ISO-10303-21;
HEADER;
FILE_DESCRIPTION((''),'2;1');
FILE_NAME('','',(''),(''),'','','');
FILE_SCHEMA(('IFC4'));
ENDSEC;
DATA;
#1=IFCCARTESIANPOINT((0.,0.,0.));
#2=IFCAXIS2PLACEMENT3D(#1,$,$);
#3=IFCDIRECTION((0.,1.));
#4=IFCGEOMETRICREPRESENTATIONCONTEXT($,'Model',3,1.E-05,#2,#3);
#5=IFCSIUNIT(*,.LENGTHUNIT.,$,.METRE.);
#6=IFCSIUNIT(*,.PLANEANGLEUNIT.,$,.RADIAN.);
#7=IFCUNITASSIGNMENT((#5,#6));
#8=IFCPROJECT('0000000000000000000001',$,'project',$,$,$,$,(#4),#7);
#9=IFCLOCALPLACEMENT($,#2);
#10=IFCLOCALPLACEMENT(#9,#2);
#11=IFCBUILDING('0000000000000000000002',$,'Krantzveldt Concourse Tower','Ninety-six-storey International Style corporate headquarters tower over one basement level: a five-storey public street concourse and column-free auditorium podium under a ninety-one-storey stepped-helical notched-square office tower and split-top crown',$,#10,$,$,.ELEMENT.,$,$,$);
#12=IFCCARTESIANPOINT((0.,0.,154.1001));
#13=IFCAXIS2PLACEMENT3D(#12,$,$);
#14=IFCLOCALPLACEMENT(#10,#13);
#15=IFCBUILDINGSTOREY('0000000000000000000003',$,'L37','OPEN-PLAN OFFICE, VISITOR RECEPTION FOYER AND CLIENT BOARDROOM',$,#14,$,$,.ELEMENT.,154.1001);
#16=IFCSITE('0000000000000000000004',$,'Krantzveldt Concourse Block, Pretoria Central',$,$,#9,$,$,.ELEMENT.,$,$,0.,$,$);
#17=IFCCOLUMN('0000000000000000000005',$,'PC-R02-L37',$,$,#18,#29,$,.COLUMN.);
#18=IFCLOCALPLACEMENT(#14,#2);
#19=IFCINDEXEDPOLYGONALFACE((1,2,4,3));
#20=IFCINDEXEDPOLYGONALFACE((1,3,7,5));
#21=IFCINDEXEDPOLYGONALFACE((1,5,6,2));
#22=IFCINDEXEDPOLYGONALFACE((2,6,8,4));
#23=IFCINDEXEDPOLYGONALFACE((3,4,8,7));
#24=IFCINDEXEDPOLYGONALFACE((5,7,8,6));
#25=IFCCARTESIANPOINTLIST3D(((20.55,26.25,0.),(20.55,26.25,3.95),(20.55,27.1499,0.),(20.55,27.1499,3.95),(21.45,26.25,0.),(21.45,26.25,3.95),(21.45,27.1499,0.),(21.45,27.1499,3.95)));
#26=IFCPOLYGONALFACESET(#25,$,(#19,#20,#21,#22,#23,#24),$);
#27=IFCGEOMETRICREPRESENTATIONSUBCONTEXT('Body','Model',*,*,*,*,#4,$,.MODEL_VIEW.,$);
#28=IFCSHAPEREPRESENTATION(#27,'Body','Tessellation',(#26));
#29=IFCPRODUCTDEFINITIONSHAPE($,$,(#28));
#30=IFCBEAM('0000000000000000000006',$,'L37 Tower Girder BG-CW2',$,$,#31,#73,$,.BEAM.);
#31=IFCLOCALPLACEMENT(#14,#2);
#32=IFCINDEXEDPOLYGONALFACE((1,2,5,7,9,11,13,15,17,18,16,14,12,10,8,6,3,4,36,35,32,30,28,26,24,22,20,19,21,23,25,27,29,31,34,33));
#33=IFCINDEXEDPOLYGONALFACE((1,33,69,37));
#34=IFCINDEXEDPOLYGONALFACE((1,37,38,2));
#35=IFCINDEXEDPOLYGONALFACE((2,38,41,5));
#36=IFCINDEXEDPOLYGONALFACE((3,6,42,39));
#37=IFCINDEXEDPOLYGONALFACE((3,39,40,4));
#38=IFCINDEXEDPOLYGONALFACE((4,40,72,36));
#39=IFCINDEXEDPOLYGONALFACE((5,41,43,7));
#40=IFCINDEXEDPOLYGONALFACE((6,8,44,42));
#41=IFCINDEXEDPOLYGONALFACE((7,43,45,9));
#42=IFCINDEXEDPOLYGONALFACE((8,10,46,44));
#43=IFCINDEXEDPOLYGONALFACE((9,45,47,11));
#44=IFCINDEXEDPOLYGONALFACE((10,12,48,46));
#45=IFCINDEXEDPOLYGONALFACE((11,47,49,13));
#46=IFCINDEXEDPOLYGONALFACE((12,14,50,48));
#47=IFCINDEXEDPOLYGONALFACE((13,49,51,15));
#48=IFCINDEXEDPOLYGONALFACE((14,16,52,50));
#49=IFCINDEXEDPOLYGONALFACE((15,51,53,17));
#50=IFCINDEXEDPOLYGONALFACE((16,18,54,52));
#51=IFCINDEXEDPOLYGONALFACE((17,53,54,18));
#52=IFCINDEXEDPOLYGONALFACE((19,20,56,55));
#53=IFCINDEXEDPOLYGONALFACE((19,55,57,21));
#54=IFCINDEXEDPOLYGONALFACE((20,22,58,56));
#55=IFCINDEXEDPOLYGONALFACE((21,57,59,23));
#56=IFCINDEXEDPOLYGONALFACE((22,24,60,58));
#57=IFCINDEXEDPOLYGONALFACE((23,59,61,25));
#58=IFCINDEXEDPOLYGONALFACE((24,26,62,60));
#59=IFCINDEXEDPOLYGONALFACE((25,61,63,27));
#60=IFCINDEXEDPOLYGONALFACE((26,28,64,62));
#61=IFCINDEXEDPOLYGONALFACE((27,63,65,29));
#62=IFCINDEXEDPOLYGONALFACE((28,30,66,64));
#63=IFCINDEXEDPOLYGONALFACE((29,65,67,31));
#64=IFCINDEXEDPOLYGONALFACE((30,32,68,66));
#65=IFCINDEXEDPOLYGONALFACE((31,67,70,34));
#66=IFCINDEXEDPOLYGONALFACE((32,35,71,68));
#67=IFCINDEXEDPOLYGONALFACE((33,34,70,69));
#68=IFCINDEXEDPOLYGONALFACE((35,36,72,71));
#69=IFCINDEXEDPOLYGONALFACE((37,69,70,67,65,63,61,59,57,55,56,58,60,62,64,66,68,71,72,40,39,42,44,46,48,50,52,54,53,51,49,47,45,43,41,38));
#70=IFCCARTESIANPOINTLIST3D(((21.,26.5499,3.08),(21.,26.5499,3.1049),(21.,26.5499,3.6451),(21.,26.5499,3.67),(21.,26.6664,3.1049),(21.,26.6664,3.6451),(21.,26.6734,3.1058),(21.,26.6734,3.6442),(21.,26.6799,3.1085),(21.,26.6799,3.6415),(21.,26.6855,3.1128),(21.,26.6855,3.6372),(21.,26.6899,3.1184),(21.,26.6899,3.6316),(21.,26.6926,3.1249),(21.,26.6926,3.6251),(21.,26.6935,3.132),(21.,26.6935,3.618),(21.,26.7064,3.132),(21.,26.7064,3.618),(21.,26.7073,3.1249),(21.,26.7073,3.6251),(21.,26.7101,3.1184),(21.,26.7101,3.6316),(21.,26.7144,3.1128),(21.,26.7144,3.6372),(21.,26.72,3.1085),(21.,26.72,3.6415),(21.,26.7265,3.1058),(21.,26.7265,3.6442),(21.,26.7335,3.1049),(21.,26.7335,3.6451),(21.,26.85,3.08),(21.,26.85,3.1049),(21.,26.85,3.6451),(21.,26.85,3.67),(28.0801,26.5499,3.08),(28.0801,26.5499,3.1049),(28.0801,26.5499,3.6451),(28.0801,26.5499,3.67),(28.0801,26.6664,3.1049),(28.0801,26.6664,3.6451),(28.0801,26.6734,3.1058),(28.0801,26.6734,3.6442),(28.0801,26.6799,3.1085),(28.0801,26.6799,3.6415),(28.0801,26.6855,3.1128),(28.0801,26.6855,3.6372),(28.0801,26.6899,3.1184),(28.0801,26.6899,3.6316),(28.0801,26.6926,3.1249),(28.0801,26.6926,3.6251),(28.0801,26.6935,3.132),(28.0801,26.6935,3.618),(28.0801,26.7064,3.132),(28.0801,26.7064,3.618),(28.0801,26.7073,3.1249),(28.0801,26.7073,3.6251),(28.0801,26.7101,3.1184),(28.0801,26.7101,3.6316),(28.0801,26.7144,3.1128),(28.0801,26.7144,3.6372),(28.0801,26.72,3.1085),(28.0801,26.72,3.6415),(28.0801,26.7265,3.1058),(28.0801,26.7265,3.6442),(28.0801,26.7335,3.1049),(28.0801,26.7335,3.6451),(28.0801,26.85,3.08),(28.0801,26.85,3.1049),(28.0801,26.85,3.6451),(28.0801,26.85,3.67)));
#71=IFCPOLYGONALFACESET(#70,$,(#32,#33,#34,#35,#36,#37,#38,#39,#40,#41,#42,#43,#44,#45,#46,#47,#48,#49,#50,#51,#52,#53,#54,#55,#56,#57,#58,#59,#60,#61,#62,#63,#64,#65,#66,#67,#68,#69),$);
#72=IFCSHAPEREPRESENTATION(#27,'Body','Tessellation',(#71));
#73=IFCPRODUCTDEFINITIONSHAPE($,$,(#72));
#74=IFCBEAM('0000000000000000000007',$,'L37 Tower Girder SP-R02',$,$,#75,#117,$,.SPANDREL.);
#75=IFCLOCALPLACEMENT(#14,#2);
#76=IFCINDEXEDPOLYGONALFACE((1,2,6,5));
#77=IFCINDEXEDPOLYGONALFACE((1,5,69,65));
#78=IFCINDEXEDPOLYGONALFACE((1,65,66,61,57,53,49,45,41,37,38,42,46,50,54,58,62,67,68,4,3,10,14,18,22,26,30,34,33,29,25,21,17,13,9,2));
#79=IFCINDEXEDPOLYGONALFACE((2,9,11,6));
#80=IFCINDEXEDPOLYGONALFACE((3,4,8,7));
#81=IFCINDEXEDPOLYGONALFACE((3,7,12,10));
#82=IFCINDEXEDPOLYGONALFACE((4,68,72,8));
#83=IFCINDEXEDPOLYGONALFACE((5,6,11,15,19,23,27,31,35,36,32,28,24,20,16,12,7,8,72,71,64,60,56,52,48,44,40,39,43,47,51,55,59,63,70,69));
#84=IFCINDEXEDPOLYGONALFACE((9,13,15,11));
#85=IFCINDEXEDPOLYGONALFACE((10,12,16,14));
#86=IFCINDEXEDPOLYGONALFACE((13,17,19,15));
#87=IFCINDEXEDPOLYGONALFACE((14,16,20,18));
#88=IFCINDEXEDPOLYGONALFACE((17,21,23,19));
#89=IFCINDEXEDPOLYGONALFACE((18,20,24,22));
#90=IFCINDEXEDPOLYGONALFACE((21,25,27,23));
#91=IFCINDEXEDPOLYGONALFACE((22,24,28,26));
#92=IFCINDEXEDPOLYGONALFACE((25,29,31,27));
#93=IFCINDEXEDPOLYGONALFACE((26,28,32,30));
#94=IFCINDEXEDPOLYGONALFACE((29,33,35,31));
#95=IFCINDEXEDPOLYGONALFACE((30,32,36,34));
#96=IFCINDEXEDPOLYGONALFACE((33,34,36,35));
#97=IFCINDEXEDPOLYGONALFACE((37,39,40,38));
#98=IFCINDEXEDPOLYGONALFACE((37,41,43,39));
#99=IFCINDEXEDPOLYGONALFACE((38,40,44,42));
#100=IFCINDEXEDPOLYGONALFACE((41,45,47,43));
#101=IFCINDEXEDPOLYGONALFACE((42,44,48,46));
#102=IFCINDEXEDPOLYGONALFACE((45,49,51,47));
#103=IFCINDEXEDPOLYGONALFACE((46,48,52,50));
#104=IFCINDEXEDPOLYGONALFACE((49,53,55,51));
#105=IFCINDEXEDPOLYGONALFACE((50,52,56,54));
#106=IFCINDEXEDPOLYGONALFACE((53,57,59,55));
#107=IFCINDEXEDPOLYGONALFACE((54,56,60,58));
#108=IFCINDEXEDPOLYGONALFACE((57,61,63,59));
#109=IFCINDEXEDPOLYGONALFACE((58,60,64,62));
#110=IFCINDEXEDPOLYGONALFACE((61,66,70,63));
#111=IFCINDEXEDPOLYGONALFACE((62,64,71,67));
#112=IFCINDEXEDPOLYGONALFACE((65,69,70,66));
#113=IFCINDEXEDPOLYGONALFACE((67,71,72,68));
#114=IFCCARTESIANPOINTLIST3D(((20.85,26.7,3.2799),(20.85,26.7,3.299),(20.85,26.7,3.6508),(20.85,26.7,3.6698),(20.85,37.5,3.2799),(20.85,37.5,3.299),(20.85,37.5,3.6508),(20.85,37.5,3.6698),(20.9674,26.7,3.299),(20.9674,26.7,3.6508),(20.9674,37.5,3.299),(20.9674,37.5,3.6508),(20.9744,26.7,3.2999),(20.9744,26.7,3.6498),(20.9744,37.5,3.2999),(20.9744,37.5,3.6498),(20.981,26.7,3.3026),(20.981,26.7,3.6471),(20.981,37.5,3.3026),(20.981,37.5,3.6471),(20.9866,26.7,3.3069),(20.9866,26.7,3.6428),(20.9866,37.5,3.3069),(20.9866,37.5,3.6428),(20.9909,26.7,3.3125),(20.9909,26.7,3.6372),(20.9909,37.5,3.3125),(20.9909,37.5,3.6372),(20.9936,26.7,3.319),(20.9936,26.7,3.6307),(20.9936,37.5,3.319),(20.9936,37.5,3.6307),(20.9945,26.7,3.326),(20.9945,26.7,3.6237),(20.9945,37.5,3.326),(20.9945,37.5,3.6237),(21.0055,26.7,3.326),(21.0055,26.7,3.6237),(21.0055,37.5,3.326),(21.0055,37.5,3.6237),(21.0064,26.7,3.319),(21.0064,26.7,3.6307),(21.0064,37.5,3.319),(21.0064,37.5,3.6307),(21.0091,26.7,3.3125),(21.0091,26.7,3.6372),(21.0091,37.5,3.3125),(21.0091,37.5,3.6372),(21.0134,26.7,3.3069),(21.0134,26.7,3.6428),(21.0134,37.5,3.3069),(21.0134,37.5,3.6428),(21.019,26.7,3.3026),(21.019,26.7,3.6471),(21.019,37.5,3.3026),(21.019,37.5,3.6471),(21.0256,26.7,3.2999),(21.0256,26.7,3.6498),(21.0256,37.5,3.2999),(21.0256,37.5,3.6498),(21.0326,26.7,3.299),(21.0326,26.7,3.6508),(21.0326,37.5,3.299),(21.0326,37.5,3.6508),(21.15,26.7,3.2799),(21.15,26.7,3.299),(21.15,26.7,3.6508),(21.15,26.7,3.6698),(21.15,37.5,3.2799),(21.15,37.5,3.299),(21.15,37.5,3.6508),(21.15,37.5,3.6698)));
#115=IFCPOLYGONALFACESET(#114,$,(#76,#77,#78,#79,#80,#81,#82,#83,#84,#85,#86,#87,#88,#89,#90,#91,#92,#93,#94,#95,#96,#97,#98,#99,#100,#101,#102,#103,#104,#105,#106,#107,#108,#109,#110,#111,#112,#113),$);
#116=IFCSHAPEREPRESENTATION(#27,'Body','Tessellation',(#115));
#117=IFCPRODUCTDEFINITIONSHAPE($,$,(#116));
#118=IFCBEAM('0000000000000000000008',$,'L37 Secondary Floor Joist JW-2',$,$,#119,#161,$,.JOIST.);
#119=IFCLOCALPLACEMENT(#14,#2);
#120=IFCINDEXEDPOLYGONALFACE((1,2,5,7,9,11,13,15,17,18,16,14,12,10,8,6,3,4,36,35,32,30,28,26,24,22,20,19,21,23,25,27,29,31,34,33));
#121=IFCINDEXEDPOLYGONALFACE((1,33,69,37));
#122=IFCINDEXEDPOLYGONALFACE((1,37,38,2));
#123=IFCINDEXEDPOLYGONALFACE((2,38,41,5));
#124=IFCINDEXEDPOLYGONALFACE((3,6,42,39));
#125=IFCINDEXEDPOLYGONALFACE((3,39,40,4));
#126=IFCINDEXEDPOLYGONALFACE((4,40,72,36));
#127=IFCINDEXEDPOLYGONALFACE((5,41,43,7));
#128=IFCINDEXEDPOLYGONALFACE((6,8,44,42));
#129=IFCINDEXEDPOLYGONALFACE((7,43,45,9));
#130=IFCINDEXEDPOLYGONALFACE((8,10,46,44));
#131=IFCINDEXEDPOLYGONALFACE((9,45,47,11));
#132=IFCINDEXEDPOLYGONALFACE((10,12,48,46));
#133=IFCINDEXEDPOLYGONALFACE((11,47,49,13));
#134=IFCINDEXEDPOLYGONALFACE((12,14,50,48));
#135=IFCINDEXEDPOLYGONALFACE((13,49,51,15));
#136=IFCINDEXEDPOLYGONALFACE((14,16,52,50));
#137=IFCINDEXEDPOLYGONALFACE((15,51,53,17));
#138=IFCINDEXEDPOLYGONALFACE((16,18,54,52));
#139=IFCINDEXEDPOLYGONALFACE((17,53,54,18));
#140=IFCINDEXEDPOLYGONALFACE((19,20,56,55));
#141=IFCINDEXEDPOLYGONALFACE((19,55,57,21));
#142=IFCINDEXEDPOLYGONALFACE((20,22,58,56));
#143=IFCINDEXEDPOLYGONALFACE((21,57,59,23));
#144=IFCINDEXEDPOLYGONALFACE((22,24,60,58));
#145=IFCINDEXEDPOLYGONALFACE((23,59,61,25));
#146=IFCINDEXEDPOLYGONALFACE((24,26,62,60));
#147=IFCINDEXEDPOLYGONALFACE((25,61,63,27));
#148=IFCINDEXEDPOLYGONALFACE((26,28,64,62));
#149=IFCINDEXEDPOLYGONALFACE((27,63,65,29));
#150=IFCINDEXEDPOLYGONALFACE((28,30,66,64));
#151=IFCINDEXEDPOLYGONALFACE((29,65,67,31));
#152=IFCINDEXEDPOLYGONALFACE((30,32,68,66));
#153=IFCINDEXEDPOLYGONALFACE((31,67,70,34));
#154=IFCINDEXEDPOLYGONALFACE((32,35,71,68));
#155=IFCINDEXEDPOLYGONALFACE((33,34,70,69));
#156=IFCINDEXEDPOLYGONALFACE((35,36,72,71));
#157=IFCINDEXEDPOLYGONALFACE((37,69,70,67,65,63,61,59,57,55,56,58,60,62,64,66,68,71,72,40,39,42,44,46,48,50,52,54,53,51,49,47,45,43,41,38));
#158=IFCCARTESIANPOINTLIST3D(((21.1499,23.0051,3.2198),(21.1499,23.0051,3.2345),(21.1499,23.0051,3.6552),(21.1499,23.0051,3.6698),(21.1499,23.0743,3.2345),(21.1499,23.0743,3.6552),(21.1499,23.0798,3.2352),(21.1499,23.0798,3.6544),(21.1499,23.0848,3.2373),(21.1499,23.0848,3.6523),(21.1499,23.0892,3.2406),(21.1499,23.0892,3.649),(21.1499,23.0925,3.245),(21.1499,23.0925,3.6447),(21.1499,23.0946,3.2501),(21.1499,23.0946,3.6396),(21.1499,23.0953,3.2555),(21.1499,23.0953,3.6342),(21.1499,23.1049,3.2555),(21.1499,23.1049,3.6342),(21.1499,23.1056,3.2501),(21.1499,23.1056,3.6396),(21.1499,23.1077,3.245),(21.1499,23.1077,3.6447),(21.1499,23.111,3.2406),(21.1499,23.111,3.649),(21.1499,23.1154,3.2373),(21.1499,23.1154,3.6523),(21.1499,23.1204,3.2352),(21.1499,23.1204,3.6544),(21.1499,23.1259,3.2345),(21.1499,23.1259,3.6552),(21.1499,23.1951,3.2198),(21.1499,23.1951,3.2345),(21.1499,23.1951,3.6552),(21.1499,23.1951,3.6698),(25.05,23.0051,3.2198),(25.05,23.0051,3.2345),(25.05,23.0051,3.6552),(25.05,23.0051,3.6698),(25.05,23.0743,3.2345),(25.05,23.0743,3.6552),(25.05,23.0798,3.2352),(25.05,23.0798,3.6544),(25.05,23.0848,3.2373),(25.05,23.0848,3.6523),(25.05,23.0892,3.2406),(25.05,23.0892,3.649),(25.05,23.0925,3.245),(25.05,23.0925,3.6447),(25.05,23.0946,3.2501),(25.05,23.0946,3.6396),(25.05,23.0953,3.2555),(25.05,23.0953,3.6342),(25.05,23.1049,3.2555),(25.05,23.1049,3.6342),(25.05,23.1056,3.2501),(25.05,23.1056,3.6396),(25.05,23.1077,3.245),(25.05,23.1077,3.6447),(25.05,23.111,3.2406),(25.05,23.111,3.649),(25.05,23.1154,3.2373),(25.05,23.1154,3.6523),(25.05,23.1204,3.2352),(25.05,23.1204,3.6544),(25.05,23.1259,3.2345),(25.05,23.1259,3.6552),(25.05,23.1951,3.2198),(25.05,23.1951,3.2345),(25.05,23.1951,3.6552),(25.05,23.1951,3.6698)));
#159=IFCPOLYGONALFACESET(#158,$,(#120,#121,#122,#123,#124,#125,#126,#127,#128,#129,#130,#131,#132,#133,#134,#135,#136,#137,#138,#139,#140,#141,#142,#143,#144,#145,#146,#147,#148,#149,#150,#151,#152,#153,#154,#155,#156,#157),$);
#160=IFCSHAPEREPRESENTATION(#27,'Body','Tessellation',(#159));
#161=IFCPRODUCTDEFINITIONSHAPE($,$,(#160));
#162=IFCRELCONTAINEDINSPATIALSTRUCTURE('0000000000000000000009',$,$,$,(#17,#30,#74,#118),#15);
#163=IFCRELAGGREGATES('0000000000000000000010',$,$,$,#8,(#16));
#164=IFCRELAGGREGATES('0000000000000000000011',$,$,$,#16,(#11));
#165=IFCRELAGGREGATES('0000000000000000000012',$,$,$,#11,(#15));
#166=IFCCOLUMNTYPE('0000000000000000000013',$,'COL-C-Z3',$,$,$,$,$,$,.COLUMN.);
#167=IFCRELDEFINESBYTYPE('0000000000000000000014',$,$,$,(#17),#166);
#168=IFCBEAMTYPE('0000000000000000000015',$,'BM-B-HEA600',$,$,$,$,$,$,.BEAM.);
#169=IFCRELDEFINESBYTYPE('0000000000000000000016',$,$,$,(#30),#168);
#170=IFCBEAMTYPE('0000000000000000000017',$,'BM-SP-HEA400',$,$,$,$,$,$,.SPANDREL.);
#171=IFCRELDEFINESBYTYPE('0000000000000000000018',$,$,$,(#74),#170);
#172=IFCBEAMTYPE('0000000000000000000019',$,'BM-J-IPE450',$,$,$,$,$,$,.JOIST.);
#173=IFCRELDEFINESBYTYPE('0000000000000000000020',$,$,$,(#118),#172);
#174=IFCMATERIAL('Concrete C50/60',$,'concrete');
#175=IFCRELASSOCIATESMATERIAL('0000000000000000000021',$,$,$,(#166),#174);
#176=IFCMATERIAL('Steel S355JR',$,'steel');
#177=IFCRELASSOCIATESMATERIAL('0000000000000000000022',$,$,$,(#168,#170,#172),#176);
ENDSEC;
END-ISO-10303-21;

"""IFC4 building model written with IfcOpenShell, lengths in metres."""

from ifc_helpers import new_model, si_unit, direction, frame, origin, origin_2d, place, context, subcontext, project, spatial, rectangle, i_section, extrude, source, transform, mapped, material, material_profile, profile_set, type_object, type_shapes, element, save


model = new_model("IFC4")

# Units and contexts
model_context = context("Model", 3, precision=1e-05, world=origin(), true_north=direction((0.0, 1.0)))
body_context = subcontext(model_context, "Body", "Model", "MODEL_VIEW")
ifc_project = project(units=[si_unit("LENGTHUNIT", "METRE"), si_unit("PLANEANGLEUNIT", "RADIAN")], contexts=[model_context])

# Site, building, storey
site_placement = place(None, origin())
site = spatial("IfcSite", under=ifc_project, at=site_placement, Name="Krantzveldt Concourse Block, Pretoria Central", CompositionType="ELEMENT", RefElevation=0.0)
building_placement = place(site_placement, origin())
building = spatial("IfcBuilding", under=site, at=building_placement, Name="Krantzveldt Concourse Tower", Description="Ninety-six-storey International Style corporate headquarters tower over one basement level: a five-storey public street concourse and column-free auditorium podium under a ninety-one-storey stepped-helical notched-square office tower and split-top crown", CompositionType="ELEMENT")
storey_placement = place(building_placement, frame((0.0, 0.0, 154.1001)))
storey = spatial("IfcBuildingStorey", under=building, at=storey_placement, Name="L37", Description="OPEN-PLAN OFFICE, VISITOR RECEPTION FOYER AND CLIENT BOARDROOM", CompositionType="ELEMENT", Elevation=154.1001)

# Column
ifc_material_1 = material(Name="Concrete C50/60", Category="concrete")
ifc_material_profile_1 = material_profile(ifc_material_1, rectangle(XDim=0.8999, YDim=0.8999, at=origin_2d()), Name="Concrete C50/60", Category="concrete")
ifc_profile_set_1 = profile_set([ifc_material_profile_1], Name="Concrete C50/60 - RC 900x900")
column_type = type_object("IfcColumnType", Name="COL-C-Z3", PredefinedType="COLUMN", material=ifc_profile_set_1)
shared_shape_1 = source(origin(), body_context, "Body", "SweptSolid", [
    extrude(rectangle(XDim=0.8999, YDim=0.8999, at=origin_2d()), origin(), (0.0, 0.0, 1.0), 3.95),
])
type_shapes(column_type, [shared_shape_1])
column_placement = place(storey_placement, frame((21.0, 26.7, 0.0), z_axis=(0.0, 0.0, 1.0), x_axis=(1.0, 0.0, 0.0)))
element("IfcColumn", 1, at=column_placement, inside=storey, type_object=column_type, Name="PC-R02-L37", PredefinedType="COLUMN", context=body_context, shape_type="MappedRepresentation", body=[
    mapped(shared_shape_1, transform((0.0, 0.0, 0.0), x_axis=(1.0, 0.0, 0.0), y_axis=(0.0, 1.0, 0.0), z_axis=(0.0, 0.0, 1.0), scale=1.0)),
])

# Beams
ifc_material_2 = material(Name="Steel S355JR", Category="steel")
ifc_material_profile_2 = material_profile(ifc_material_2, i_section(OverallWidth=0.3, OverallDepth=0.5901, WebThickness=0.0129, FlangeThickness=0.0249, FilletRadius=0.0271, at=origin_2d()), Name="Steel S355JR", Category="steel")
ifc_profile_set_2 = profile_set([ifc_material_profile_2], Name="Steel S355JR - HEA 600")
beam_type_1 = type_object("IfcBeamType", Name="BM-B-HEA600", PredefinedType="BEAM", material=ifc_profile_set_2)
shared_shape_2 = source(origin(), body_context, "Body", "SweptSolid", [
    extrude(i_section(OverallWidth=0.3, OverallDepth=0.5901, WebThickness=0.0129, FlangeThickness=0.0249, FilletRadius=0.0271, at=origin_2d()), origin(), (0.0, 0.0, 1.0), 7.0801),
])
type_shapes(beam_type_1, [shared_shape_2])
beam_1_placement = place(storey_placement, frame((21.0, 26.7, 3.375), z_axis=(1.0, 0.0, 0.0), x_axis=(0.0, 1.0, 0.0)))
element("IfcBeam", 2, at=beam_1_placement, inside=storey, type_object=beam_type_1, Name="L37 Tower Girder BG-CW2", PredefinedType="BEAM", context=body_context, shape_type="MappedRepresentation", body=[
    mapped(shared_shape_2, transform((0.0, 0.0, 0.0), x_axis=(1.0, 0.0, 0.0), y_axis=(0.0, 1.0, 0.0), z_axis=(0.0, 0.0, 1.0), scale=1.0)),
])
ifc_material_profile_3 = material_profile(ifc_material_2, i_section(OverallWidth=0.3, OverallDepth=0.3899, WebThickness=0.011, FlangeThickness=0.019, FilletRadius=0.0271, at=origin_2d()), Name="Steel S355JR", Category="steel")
ifc_profile_set_3 = profile_set([ifc_material_profile_3], Name="Steel S355JR - HEA 400")
beam_type_2 = type_object("IfcBeamType", Name="BM-SP-HEA400", PredefinedType="SPANDREL", material=ifc_profile_set_3)
shared_shape_3 = source(origin(), body_context, "Body", "SweptSolid", [
    extrude(i_section(OverallWidth=0.3, OverallDepth=0.3899, WebThickness=0.011, FlangeThickness=0.019, FilletRadius=0.0271, at=origin_2d()), origin(), (0.0, 0.0, 1.0), 10.8),
])
type_shapes(beam_type_2, [shared_shape_3])
beam_2_placement = place(storey_placement, frame((21.0, 26.7, 3.4749), z_axis=(0.0, 1.0, 0.0), x_axis=(-1.0, 0.0, 0.0)))
element("IfcBeam", 3, at=beam_2_placement, inside=storey, type_object=beam_type_2, Name="L37 Tower Girder SP-R02", PredefinedType="SPANDREL", context=body_context, shape_type="MappedRepresentation", body=[
    mapped(shared_shape_3, transform((0.0, 0.0, 0.0), x_axis=(1.0, 0.0, 0.0), y_axis=(0.0, 1.0, 0.0), z_axis=(0.0, 0.0, 1.0), scale=1.0)),
])
ifc_material_profile_4 = material_profile(ifc_material_2, i_section(OverallWidth=0.1899, OverallDepth=0.45, WebThickness=0.0095, FlangeThickness=0.0146, FilletRadius=0.021, at=origin_2d()), Name="Steel S355JR", Category="steel")
ifc_profile_set_4 = profile_set([ifc_material_profile_4], Name="Steel S355JR - IPE 450")
beam_type_3 = type_object("IfcBeamType", Name="BM-J-IPE450", PredefinedType="JOIST", material=ifc_profile_set_4)
shared_shape_4 = source(origin(), body_context, "Body", "SweptSolid", [
    extrude(i_section(OverallWidth=0.1899, OverallDepth=0.45, WebThickness=0.0095, FlangeThickness=0.0146, FilletRadius=0.021, at=origin_2d()), origin(), (0.0, 0.0, 1.0), 3.9001),
])
type_shapes(beam_type_3, [shared_shape_4])
beam_3_placement = place(storey_placement, frame((21.1499, 23.1001, 3.4448), z_axis=(1.0, 0.0, 0.0), x_axis=(0.0, 1.0, 0.0)))
element("IfcBeam", 4, at=beam_3_placement, inside=storey, type_object=beam_type_3, Name="L37 Secondary Floor Joist JW-2", PredefinedType="JOIST", context=body_context, shape_type="MappedRepresentation", body=[
    mapped(shared_shape_4, transform((0.0, 0.0, 0.0), x_axis=(1.0, 0.0, 0.0), y_axis=(0.0, 1.0, 0.0), z_axis=(0.0, 0.0, 1.0), scale=1.0)),
])

save(model, "model.ifc")
